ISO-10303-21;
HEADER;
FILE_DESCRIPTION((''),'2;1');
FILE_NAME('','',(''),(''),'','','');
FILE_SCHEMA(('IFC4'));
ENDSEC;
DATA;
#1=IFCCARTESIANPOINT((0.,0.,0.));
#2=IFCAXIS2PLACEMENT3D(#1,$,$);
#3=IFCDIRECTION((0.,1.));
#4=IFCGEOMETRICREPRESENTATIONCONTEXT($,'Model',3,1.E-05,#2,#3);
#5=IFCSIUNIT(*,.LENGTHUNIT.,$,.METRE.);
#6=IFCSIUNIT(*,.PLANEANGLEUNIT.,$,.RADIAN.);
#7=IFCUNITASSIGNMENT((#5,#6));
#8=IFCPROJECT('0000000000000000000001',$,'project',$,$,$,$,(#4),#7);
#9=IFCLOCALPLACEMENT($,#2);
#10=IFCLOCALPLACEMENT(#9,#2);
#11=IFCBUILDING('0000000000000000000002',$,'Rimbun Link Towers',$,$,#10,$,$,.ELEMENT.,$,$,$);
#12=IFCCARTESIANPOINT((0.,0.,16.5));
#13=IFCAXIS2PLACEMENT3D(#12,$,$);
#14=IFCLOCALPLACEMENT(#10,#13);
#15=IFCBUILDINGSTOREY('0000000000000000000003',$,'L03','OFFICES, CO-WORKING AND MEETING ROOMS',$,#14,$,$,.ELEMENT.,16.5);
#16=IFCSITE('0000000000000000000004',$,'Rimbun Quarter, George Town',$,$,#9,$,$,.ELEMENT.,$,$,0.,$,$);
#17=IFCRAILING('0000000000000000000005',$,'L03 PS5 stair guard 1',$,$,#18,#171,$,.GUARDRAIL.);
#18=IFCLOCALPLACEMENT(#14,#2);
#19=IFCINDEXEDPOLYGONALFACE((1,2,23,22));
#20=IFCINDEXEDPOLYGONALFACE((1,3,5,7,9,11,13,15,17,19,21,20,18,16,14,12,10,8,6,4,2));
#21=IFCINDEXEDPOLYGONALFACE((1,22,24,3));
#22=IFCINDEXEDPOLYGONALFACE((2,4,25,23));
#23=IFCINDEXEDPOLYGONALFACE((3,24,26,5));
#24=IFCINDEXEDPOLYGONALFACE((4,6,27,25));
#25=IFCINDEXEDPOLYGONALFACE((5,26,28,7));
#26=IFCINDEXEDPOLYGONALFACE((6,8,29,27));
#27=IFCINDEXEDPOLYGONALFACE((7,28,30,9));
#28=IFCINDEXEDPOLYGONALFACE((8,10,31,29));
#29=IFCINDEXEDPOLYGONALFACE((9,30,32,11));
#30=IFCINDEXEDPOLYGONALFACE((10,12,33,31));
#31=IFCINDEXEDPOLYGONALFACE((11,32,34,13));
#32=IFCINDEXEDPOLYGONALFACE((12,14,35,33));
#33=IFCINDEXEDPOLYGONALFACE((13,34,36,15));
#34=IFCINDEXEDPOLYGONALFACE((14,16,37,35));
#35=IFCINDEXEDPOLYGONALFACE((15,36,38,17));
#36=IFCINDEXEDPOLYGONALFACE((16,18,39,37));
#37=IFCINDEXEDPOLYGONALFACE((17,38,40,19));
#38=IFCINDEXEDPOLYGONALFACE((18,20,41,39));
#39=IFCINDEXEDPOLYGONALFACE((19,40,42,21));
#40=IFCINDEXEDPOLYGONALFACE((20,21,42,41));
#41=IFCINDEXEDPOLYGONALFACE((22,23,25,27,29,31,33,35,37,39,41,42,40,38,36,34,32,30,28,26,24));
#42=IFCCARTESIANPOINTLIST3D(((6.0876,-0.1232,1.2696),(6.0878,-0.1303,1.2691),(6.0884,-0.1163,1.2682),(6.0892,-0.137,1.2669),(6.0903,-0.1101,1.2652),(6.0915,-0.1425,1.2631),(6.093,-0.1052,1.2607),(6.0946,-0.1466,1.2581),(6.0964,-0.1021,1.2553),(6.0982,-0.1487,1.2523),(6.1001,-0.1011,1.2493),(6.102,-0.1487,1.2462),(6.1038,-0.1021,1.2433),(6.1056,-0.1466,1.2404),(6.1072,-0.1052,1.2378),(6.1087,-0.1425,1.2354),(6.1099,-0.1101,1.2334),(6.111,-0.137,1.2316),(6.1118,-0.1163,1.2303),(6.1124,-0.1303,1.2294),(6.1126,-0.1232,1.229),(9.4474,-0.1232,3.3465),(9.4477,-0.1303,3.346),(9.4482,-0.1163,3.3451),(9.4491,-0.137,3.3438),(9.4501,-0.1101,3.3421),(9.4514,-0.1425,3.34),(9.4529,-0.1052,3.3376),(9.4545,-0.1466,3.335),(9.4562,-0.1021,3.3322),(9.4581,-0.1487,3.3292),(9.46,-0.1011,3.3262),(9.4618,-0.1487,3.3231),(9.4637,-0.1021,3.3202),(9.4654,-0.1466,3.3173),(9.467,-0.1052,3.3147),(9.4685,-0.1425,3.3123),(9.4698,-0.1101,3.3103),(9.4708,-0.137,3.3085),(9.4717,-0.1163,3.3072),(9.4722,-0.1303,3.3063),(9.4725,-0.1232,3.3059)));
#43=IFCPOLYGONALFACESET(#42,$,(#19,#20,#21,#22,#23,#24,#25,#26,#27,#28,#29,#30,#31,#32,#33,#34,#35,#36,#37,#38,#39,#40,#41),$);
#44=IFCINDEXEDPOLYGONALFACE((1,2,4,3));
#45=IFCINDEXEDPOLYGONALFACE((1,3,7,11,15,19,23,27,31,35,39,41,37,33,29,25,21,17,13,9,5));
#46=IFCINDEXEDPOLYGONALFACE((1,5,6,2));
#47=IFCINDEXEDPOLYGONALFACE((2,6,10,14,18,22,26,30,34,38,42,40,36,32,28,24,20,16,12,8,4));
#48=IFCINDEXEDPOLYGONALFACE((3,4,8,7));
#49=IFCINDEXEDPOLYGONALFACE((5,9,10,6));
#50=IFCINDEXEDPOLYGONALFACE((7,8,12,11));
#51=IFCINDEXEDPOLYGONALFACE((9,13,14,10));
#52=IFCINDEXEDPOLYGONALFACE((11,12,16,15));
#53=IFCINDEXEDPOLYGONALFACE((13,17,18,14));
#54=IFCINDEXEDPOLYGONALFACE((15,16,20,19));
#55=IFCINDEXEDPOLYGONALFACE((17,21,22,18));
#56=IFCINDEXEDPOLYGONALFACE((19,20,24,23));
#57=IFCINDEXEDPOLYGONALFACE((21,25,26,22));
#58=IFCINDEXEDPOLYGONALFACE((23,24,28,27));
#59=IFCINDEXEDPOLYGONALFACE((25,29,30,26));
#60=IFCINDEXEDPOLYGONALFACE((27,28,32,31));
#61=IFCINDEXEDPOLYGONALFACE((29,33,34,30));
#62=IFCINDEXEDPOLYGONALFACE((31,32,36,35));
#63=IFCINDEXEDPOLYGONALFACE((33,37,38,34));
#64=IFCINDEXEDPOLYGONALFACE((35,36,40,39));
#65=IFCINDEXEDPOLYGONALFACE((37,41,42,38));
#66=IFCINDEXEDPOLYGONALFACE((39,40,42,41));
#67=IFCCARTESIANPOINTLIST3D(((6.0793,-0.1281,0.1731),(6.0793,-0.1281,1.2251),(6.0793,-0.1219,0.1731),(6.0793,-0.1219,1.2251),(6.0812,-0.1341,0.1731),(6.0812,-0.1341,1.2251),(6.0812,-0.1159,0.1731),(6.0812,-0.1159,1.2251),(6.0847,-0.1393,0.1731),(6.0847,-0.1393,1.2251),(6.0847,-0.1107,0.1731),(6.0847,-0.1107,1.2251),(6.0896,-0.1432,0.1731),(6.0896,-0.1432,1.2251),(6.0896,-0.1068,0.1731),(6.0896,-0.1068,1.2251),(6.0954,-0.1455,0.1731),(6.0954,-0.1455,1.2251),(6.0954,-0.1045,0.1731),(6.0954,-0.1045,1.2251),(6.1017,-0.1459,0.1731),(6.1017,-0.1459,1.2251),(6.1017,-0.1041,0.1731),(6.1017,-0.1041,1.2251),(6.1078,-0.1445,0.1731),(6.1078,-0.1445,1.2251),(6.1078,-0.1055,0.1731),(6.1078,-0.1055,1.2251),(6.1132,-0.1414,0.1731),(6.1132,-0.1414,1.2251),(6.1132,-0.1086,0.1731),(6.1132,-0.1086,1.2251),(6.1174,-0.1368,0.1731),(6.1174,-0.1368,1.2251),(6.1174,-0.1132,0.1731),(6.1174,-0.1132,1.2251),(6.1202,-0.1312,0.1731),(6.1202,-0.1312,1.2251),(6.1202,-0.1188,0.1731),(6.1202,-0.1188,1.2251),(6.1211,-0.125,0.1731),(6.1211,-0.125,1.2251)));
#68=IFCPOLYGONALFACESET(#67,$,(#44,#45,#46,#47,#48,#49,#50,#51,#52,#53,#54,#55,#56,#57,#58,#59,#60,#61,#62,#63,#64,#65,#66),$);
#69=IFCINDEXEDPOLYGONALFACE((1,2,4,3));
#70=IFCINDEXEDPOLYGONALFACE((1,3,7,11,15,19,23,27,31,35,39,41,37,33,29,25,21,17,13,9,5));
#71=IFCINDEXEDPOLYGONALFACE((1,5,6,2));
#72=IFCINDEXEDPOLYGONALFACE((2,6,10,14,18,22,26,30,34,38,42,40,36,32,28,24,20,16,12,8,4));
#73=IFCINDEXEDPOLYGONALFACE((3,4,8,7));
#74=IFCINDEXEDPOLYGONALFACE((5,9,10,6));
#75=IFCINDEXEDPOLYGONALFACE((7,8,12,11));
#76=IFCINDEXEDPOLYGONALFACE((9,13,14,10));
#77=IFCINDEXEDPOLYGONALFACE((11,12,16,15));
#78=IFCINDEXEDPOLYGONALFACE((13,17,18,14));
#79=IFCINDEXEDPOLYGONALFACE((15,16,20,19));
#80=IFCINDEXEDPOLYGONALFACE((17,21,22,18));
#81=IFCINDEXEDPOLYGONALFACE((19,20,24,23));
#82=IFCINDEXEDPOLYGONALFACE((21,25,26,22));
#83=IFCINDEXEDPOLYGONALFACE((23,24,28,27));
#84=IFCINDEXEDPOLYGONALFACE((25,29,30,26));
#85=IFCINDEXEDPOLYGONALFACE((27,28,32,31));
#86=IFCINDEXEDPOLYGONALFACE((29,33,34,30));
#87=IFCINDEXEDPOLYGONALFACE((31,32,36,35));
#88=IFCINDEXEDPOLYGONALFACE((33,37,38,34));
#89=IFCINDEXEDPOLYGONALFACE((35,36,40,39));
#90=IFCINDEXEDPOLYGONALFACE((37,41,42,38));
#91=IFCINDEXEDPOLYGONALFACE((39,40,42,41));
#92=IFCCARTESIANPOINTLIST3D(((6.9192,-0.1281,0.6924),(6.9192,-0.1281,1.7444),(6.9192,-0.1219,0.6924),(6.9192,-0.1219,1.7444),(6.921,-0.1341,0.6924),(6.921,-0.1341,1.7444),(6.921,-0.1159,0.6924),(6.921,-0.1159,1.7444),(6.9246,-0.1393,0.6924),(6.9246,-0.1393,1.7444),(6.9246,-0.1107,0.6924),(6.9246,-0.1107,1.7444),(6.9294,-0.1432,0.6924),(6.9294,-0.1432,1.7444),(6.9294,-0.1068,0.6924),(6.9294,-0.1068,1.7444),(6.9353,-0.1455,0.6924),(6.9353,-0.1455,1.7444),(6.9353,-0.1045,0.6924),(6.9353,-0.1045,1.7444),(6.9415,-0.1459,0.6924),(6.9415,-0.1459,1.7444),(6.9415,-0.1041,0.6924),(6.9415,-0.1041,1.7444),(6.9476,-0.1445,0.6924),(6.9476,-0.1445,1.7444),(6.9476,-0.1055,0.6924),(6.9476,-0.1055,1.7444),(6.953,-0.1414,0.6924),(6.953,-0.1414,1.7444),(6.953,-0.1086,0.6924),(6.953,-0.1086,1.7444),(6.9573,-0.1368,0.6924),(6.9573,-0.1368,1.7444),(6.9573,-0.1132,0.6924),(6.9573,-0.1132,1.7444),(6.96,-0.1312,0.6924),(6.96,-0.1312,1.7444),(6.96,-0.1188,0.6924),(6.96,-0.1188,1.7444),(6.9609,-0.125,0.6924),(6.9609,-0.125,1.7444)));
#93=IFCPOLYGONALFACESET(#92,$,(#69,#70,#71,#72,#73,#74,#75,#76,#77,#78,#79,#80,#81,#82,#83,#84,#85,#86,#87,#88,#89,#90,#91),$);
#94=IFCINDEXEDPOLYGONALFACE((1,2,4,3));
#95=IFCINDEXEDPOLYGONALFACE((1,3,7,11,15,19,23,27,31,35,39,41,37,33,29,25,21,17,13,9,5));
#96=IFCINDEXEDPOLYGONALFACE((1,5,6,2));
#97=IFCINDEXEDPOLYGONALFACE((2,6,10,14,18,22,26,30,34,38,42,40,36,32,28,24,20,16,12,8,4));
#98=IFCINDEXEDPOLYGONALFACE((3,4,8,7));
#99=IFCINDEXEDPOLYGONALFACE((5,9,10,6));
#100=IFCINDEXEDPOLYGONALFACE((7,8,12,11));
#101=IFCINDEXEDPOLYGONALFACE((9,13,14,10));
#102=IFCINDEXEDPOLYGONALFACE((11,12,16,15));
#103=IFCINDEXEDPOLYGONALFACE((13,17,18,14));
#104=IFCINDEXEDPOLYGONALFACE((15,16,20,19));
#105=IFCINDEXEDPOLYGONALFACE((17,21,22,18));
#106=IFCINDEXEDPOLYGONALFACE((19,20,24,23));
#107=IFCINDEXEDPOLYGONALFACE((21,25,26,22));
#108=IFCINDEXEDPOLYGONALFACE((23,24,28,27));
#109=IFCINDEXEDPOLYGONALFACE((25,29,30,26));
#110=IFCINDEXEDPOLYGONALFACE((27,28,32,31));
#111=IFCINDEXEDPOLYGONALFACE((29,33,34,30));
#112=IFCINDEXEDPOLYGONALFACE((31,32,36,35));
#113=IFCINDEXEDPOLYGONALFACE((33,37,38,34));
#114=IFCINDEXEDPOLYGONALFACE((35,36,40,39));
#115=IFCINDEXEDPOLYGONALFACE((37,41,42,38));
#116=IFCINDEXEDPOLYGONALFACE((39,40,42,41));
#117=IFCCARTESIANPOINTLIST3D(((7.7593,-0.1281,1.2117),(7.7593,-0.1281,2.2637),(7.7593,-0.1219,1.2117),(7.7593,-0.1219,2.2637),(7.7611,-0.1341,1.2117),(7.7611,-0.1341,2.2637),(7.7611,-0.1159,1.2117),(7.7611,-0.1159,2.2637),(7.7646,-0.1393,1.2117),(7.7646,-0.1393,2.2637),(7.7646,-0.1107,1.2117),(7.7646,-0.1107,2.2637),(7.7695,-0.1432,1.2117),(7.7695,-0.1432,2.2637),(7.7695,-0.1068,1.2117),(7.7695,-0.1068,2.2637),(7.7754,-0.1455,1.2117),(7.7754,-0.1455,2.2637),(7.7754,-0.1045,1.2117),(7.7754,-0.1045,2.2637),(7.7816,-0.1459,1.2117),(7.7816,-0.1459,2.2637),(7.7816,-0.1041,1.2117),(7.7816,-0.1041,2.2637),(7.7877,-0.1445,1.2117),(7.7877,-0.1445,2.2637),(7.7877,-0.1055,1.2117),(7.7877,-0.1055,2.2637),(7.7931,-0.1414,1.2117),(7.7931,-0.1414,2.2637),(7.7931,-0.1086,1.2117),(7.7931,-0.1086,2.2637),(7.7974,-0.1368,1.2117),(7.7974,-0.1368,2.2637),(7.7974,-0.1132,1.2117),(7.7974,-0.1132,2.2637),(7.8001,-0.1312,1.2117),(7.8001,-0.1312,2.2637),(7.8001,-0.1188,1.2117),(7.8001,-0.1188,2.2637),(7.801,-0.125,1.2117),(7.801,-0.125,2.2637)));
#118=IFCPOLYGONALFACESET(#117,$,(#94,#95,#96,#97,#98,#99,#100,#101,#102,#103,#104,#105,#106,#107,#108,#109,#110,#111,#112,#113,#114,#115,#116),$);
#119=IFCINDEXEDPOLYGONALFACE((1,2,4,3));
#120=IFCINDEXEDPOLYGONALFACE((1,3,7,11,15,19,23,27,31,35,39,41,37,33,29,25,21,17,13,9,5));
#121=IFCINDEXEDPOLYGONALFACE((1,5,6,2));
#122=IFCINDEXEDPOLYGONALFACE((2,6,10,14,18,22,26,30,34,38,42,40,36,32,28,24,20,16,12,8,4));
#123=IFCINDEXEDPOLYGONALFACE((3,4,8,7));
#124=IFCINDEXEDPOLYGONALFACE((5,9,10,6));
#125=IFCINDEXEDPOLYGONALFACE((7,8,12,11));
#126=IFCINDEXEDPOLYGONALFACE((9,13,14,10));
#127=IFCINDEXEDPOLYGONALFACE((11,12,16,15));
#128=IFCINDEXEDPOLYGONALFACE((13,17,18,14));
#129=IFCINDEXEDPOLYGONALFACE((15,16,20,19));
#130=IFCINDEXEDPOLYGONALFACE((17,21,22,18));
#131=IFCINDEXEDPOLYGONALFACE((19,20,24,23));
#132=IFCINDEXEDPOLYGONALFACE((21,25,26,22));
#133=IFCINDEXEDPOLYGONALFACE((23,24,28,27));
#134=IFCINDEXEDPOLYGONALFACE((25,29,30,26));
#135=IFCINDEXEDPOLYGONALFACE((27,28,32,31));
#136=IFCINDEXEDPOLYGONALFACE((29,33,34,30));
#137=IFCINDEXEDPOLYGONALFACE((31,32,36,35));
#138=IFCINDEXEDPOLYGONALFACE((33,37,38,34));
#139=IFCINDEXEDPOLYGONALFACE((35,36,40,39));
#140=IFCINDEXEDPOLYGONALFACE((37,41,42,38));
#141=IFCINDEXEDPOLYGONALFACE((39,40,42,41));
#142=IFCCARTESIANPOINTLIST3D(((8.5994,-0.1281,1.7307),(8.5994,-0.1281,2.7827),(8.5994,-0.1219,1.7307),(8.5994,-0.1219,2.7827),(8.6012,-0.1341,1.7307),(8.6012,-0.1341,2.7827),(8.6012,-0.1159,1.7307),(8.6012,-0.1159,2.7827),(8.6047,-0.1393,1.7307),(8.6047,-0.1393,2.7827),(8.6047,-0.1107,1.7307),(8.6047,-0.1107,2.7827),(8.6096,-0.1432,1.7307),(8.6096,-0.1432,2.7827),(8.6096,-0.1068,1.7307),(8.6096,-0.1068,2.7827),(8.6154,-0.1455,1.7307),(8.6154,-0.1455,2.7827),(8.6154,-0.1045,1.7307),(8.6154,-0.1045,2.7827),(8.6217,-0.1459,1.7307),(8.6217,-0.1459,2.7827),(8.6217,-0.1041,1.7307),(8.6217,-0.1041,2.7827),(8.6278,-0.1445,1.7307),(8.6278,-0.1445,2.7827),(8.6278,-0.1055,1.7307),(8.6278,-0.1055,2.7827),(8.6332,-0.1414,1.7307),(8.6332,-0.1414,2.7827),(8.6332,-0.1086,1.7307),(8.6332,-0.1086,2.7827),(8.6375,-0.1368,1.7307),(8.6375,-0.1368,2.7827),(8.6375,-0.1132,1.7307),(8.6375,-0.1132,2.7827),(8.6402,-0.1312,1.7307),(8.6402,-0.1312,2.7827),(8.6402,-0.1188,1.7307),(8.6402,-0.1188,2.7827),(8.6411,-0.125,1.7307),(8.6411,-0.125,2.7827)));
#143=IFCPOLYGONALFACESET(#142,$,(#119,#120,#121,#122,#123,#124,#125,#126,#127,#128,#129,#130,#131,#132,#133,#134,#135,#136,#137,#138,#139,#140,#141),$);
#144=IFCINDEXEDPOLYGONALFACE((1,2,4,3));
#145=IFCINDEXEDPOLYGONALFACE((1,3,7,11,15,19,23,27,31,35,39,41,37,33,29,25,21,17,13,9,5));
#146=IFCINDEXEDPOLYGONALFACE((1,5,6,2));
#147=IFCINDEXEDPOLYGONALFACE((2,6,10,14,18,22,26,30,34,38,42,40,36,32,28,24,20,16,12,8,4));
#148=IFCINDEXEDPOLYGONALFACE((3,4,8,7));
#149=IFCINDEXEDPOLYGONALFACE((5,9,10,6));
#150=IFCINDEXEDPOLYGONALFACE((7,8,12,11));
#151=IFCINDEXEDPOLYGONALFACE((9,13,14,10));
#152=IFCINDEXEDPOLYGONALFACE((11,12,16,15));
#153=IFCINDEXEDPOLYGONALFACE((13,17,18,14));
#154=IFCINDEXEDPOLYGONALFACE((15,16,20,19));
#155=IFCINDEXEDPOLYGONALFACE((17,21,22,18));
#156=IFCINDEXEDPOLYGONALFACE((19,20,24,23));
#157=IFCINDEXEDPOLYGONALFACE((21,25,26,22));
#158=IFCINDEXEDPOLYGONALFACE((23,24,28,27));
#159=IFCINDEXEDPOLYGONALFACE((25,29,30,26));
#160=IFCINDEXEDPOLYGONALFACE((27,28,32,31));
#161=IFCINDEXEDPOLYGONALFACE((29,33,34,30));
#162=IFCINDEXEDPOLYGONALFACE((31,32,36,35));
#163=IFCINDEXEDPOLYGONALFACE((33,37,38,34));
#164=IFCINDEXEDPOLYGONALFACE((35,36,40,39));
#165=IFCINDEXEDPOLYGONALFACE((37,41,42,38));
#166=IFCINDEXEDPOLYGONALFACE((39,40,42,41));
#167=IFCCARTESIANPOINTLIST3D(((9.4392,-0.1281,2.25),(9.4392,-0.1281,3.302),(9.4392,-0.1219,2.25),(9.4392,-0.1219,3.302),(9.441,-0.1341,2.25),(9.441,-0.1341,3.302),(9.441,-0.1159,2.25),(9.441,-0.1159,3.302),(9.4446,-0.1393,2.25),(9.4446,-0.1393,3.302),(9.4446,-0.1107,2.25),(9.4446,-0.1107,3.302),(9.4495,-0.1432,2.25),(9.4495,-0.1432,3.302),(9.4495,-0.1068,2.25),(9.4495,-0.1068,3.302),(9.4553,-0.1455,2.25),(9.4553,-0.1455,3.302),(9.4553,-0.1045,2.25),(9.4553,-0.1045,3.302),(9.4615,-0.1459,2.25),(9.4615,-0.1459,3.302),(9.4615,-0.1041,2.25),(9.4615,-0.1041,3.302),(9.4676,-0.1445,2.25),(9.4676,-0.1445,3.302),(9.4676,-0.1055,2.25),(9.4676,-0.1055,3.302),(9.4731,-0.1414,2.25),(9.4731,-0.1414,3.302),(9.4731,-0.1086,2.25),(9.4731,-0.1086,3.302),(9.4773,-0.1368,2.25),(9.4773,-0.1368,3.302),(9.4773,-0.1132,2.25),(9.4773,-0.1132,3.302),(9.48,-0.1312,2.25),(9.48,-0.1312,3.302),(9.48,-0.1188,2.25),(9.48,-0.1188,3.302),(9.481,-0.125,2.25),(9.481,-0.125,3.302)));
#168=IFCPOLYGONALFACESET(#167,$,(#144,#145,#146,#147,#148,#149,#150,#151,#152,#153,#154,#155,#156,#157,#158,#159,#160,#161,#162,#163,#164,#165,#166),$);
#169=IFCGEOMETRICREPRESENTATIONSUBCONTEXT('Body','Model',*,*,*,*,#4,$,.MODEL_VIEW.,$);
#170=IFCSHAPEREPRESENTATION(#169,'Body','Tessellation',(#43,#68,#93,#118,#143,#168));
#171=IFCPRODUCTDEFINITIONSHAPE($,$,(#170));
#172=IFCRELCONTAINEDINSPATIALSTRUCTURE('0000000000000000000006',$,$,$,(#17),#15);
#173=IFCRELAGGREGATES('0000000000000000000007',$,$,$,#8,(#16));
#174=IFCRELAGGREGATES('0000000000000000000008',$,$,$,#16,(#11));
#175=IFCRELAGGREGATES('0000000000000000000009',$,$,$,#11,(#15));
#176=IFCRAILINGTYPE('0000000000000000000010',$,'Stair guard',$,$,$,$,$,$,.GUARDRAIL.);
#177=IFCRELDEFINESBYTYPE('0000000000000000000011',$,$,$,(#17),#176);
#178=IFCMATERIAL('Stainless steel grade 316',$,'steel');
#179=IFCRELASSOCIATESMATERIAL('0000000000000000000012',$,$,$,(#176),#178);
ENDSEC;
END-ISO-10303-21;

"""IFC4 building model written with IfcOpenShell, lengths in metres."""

from ifc_helpers import new_model, si_unit, direction, frame, origin, origin_2d, place, context, subcontext, project, spatial, circle, extrude, material, type_object, element, save


model = new_model("IFC4")

# Units and contexts
model_context = context("Model", 3, precision=1e-05, world=origin(), true_north=direction((0.0, 1.0)))
body_context = subcontext(model_context, "Body", "Model", "MODEL_VIEW")
ifc_project = project(units=[si_unit("LENGTHUNIT", "METRE"), si_unit("PLANEANGLEUNIT", "RADIAN")], contexts=[model_context])

# Site, building, storey
site_placement = place(None, origin())
site = spatial("IfcSite", under=ifc_project, at=site_placement, Name="Rimbun Quarter, George Town", CompositionType="ELEMENT", RefElevation=0.0)
building_placement = place(site_placement, origin())
building = spatial("IfcBuilding", under=site, at=building_placement, Name="Rimbun Link Towers", CompositionType="ELEMENT")
storey_placement = place(building_placement, frame((0.0, 0.0, 16.5)))
storey = spatial("IfcBuildingStorey", under=building, at=storey_placement, Name="L03", Description="OFFICES, CO-WORKING AND MEETING ROOMS", CompositionType="ELEMENT", Elevation=16.5)

# Railing
ifc_material_1 = material(Name="Stainless steel grade 316", Category="steel")
railing_type_1 = type_object("IfcRailingType", Name="Stair guard", PredefinedType="GUARDRAIL", material=ifc_material_1)
railing_1_placement = place(storey_placement, frame((6.1001, -0.125, 0.1731)))
element("IfcRailing", 1, at=railing_1_placement, inside=storey, type_object=railing_type_1, Name="L03 PS5 stair guard 1", PredefinedType="GUARDRAIL", context=body_context, shape_type="SweptSolid", body=[
    extrude(circle(Radius=0.0239, at=origin_2d()), frame((0.0, 0.0, 1.0762), z_axis=(0.850606, 0.0, 0.525803), x_axis=(0.0, 1.0, 0.0)), (0.0, 0.0, 1.0), 3.95),
    extrude(circle(Radius=0.021, at=origin_2d()), origin(), (0.0, 0.0, 1.0), 1.052),
    extrude(circle(Radius=0.021, at=origin_2d()), frame((0.8398, 0.0, 0.5193)), (0.0, 0.0, 1.0), 1.052),
    extrude(circle(Radius=0.021, at=origin_2d()), frame((1.6799, 0.0, 1.0386)), (0.0, 0.0, 1.0), 1.052),
    extrude(circle(Radius=0.021, at=origin_2d()), frame((2.52, 0.0, 1.5576)), (0.0, 0.0, 1.0), 1.052),
    extrude(circle(Radius=0.021, at=origin_2d()), frame((3.3599, 0.0, 2.0769)), (0.0, 0.0, 1.0), 1.052),
])

save(model, "model.ifc")
